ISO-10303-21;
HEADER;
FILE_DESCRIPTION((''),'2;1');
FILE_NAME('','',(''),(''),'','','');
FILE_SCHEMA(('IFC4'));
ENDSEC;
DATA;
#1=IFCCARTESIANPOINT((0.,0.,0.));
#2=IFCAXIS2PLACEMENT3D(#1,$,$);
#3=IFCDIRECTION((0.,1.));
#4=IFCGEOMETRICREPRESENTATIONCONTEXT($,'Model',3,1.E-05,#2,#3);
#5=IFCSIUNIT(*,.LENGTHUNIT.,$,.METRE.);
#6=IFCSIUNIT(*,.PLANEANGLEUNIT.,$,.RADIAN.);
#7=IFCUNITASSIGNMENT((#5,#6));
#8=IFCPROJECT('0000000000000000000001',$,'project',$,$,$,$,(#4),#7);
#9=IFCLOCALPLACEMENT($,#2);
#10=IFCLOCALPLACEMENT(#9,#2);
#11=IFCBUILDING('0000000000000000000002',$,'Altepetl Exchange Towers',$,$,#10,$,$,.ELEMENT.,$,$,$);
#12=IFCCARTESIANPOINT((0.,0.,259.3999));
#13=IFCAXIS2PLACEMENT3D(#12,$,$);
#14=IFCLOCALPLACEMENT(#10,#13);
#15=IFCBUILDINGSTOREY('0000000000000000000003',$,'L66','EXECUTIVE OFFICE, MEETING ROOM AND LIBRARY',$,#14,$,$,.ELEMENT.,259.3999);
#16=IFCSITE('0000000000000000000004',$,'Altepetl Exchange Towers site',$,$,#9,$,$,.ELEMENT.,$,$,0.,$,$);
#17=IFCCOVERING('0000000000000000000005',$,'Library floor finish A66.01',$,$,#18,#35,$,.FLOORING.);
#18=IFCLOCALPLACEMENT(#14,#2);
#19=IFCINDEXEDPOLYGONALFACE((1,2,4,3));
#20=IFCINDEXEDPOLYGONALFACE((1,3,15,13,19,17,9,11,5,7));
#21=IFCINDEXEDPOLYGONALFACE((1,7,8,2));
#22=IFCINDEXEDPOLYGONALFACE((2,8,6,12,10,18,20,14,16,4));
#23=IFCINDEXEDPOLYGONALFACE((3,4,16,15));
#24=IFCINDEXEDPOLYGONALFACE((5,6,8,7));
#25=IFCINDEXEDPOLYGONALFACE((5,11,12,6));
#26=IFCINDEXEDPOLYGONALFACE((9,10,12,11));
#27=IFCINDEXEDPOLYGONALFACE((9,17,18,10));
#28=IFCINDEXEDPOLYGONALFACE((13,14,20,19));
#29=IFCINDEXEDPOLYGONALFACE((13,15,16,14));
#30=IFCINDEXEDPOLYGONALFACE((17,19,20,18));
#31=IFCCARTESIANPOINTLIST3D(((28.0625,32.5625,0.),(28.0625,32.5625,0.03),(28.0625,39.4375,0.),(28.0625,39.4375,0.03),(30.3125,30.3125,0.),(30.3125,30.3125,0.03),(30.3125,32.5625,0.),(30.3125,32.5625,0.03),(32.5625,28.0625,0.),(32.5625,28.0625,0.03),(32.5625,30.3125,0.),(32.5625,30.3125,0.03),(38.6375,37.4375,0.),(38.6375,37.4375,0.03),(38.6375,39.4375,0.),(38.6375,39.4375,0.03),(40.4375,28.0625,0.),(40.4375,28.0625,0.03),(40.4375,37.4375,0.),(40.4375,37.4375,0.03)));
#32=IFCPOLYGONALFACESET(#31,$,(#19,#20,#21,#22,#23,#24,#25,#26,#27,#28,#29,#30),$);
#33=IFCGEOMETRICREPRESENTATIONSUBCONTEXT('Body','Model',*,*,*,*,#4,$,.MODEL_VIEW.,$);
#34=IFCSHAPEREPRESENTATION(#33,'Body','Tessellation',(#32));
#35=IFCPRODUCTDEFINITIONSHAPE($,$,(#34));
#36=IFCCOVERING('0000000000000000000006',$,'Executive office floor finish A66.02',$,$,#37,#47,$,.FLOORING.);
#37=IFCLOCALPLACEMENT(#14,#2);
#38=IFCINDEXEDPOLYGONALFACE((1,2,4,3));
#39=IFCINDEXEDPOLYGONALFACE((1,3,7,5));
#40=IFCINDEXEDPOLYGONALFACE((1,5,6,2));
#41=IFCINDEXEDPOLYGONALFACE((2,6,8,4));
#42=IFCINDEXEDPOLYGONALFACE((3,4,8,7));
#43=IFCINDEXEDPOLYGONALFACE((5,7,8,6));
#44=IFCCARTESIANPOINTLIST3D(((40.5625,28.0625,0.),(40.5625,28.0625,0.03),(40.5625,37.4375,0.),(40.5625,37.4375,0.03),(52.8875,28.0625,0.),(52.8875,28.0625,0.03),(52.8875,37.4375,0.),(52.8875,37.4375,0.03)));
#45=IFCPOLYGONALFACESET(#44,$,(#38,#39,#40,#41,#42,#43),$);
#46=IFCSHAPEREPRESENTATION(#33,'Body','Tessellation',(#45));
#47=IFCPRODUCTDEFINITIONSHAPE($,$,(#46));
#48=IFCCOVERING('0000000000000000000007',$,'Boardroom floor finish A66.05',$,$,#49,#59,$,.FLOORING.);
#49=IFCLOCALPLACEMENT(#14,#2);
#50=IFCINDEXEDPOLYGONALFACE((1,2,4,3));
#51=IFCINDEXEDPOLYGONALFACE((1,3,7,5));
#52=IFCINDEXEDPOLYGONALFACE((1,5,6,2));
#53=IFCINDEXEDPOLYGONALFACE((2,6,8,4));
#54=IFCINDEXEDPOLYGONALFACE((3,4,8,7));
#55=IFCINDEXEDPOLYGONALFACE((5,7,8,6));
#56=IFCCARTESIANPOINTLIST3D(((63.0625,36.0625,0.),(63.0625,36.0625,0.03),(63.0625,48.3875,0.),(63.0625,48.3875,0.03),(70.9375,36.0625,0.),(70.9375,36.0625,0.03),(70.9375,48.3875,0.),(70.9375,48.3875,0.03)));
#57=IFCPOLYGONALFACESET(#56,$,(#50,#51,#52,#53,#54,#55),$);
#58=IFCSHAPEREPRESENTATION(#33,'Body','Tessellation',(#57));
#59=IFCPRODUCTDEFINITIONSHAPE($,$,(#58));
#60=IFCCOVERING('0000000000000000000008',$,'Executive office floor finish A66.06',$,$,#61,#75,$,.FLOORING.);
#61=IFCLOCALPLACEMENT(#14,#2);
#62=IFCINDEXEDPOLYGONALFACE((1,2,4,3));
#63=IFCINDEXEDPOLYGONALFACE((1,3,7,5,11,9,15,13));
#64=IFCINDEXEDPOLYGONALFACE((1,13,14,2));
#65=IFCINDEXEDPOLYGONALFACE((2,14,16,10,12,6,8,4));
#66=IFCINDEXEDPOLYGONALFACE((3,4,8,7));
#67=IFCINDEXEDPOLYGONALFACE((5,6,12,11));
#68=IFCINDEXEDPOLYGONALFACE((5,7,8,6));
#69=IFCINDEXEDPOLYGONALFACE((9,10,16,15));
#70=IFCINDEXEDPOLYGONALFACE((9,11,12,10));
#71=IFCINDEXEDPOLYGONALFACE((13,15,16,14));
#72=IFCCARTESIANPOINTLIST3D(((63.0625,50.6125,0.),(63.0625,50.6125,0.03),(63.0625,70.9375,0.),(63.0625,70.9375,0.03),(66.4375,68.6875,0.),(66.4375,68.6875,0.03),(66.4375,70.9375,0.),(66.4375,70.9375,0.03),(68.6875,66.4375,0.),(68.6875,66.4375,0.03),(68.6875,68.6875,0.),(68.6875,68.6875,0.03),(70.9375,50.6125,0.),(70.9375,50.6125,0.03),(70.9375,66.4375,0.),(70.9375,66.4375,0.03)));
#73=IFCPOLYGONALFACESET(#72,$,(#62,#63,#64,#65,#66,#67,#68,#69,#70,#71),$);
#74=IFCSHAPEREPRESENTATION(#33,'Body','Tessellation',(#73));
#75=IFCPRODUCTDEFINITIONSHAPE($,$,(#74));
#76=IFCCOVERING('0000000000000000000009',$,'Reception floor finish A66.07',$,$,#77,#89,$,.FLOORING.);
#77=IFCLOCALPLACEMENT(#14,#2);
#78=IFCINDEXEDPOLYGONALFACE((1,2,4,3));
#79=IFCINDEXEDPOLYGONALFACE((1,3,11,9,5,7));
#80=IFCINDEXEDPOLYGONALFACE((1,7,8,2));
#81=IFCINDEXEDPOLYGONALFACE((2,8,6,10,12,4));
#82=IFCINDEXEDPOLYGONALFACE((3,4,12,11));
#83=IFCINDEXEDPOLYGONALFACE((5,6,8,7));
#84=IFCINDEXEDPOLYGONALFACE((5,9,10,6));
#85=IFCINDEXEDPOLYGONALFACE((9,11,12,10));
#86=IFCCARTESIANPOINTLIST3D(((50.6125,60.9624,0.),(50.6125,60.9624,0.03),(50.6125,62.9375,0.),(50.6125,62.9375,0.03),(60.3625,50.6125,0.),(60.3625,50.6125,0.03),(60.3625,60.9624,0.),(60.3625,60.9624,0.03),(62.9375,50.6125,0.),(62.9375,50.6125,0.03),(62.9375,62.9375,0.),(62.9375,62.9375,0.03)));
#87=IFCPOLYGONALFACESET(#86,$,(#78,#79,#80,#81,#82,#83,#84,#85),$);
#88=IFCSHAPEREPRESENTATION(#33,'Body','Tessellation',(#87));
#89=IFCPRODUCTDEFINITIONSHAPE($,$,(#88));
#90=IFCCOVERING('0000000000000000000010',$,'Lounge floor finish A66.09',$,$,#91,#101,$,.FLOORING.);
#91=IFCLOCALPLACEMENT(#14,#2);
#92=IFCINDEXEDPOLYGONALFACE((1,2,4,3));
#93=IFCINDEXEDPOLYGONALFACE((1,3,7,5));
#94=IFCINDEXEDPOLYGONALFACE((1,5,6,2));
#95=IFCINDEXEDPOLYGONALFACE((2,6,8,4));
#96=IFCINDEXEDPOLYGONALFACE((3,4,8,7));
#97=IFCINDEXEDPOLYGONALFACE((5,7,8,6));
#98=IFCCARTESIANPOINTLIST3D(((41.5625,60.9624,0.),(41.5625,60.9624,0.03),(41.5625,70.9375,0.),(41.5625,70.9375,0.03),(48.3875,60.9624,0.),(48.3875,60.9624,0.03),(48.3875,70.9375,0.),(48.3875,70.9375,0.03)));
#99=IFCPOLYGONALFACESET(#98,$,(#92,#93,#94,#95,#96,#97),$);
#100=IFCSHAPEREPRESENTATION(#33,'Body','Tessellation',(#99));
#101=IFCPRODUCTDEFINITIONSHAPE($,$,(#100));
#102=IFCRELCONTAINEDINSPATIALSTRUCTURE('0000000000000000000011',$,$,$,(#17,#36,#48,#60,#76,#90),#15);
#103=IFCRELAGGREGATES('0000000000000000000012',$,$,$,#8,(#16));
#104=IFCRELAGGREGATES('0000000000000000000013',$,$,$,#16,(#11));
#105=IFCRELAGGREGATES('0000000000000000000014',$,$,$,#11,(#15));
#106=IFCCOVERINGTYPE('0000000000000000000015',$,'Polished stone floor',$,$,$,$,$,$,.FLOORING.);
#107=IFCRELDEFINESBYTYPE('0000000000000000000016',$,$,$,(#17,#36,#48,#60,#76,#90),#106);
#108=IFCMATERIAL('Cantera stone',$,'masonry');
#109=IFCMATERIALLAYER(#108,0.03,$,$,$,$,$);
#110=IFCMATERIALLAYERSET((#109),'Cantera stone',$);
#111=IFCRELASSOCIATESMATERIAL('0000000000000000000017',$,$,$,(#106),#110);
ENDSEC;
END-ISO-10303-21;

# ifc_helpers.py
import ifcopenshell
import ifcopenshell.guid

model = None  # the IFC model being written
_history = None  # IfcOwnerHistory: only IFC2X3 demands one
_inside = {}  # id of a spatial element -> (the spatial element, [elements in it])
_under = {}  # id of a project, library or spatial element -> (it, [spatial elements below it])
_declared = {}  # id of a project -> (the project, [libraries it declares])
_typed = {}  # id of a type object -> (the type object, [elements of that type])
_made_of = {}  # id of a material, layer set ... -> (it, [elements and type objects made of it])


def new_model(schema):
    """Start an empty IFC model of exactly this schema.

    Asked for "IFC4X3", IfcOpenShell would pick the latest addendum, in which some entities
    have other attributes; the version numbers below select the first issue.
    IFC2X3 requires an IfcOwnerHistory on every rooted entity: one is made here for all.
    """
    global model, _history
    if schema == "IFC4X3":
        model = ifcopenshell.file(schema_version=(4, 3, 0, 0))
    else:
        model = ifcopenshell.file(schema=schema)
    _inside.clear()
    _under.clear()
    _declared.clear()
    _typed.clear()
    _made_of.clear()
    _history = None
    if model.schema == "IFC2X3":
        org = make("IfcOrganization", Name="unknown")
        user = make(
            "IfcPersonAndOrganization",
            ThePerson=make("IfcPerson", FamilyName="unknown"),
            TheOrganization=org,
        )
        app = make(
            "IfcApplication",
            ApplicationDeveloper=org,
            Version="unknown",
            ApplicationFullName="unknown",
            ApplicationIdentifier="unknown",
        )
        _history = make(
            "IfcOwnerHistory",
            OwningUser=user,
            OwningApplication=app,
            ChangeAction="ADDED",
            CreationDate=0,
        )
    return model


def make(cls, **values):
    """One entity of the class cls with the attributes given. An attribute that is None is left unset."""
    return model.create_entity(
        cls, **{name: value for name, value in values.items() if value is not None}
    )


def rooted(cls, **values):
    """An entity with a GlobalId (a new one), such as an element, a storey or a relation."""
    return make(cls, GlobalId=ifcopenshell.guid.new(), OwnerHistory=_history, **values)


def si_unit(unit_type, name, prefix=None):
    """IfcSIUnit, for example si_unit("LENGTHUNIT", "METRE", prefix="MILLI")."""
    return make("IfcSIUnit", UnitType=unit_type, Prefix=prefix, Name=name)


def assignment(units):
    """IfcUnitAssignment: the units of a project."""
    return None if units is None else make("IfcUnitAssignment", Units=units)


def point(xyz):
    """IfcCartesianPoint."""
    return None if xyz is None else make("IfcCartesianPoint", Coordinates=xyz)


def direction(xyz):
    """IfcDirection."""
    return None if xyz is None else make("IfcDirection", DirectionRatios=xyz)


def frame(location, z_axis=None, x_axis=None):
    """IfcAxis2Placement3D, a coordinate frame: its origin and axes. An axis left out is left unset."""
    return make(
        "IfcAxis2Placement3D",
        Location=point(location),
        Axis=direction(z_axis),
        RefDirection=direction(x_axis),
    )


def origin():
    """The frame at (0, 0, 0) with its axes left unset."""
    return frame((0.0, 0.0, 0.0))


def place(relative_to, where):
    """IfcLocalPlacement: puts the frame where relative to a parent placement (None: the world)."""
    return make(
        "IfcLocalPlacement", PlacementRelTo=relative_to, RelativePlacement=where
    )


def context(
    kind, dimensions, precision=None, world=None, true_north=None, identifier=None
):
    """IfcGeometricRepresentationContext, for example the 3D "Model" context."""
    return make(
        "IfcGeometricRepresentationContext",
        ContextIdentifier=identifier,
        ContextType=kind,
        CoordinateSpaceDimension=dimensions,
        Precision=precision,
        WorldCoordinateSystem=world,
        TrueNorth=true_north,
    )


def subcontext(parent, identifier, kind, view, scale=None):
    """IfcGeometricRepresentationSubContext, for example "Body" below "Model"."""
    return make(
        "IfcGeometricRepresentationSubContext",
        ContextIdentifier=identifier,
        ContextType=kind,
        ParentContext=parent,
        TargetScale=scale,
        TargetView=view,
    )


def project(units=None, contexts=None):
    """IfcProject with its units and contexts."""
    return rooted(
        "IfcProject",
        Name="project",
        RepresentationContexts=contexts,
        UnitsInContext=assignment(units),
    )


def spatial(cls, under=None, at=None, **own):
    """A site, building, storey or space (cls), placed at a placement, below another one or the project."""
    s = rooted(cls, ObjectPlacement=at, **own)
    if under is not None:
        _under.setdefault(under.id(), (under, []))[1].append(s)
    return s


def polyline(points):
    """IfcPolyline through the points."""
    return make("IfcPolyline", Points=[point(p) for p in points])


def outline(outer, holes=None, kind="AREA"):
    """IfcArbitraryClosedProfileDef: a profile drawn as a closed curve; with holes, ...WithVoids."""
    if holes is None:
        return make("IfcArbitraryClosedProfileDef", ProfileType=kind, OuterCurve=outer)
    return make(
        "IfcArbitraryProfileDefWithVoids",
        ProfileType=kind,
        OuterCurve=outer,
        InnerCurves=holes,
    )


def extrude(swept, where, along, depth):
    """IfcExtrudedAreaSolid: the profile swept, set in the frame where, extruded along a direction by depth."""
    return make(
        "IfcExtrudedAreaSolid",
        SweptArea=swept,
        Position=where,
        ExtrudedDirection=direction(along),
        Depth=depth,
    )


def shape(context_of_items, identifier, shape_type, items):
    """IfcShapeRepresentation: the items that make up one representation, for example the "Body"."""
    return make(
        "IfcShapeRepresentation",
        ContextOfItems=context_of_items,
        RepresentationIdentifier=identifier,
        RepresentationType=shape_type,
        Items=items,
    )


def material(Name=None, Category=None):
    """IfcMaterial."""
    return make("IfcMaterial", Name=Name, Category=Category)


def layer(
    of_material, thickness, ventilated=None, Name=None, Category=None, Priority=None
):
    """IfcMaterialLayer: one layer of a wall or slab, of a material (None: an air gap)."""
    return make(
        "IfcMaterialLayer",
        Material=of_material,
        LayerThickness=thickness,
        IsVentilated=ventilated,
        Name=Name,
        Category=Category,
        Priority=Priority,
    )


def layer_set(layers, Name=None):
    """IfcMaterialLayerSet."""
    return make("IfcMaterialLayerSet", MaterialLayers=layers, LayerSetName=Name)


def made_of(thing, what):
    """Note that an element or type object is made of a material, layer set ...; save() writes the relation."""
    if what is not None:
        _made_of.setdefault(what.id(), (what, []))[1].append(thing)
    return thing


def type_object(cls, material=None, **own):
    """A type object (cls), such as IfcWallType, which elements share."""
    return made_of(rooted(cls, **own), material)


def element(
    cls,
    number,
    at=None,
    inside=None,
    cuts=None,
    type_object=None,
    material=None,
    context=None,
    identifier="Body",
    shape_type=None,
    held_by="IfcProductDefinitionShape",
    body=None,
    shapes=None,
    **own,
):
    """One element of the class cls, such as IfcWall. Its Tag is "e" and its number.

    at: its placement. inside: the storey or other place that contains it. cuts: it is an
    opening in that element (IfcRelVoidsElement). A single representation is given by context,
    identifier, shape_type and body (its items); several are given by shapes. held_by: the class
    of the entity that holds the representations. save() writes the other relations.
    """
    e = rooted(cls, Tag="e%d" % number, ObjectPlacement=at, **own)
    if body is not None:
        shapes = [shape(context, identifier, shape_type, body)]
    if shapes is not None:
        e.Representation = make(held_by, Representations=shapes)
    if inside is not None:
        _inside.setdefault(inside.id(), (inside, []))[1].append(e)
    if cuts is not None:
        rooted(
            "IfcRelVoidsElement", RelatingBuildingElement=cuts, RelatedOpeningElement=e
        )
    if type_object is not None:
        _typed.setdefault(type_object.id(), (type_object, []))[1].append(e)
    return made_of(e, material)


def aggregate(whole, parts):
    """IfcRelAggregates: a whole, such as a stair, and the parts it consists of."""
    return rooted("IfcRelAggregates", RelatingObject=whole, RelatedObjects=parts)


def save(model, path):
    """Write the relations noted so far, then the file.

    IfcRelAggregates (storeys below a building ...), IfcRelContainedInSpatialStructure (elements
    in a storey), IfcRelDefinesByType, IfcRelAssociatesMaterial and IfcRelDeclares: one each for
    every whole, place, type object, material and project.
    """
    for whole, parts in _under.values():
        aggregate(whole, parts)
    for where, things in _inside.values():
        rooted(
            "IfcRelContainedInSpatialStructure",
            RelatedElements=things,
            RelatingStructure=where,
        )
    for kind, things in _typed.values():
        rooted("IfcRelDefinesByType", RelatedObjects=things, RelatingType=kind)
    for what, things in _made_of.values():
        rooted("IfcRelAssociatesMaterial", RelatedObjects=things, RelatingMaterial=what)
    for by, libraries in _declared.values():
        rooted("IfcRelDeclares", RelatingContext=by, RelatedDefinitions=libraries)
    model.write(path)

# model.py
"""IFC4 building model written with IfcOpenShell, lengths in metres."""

from ifc_helpers import new_model, si_unit, direction, frame, origin, place, context, subcontext, project, spatial, polyline, outline, extrude, material, layer, layer_set, type_object, element, save


model = new_model("IFC4")

# Units and contexts
model_context = context("Model", 3, precision=1e-05, world=origin(), true_north=direction((0.0, 1.0)))
body_context = subcontext(model_context, "Body", "Model", "MODEL_VIEW")
ifc_project = project(units=[si_unit("LENGTHUNIT", "METRE"), si_unit("PLANEANGLEUNIT", "RADIAN")], contexts=[model_context])

# Site, building, storey
site_placement = place(None, origin())
site = spatial("IfcSite", under=ifc_project, at=site_placement, Name="Altepetl Exchange Towers site", CompositionType="ELEMENT", RefElevation=0.0)
building_placement = place(site_placement, origin())
building = spatial("IfcBuilding", under=site, at=building_placement, Name="Altepetl Exchange Towers", CompositionType="ELEMENT")
storey_placement = place(building_placement, frame((0.0, 0.0, 259.3999)))
storey = spatial("IfcBuildingStorey", under=building, at=storey_placement, Name="L66", Description="EXECUTIVE OFFICE, MEETING ROOM AND LIBRARY", CompositionType="ELEMENT", Elevation=259.3999)

# Coverings
ifc_material_1 = material(Name="Cantera stone", Category="masonry")
ifc_layer_1 = layer(ifc_material_1, 0.03)
ifc_layer_set_1 = layer_set([ifc_layer_1], Name="Cantera stone")
covering_type_1 = type_object("IfcCoveringType", Name="Polished stone floor", PredefinedType="FLOORING", material=ifc_layer_set_1)
covering_1_placement = place(storey_placement, origin())
element("IfcCovering", 1, at=covering_1_placement, inside=storey, type_object=covering_type_1, Name="Library floor finish A66.01", PredefinedType="FLOORING", context=body_context, shape_type="SweptSolid", body=[
    extrude(outline(polyline([(30.3125, 30.3125), (32.5625, 30.3125), (32.5625, 28.0625), (40.4375, 28.0625), (40.4375, 37.4375), (38.6375, 37.4375), (38.6375, 39.4375), (28.0625, 39.4375), (28.0625, 32.5625), (30.3125, 32.5625), (30.3125, 30.3125)])), origin(), (0.0, 0.0, 1.0), 0.03),
])
covering_2_placement = place(storey_placement, origin())
element("IfcCovering", 2, at=covering_2_placement, inside=storey, type_object=covering_type_1, Name="Executive office floor finish A66.02", PredefinedType="FLOORING", context=body_context, shape_type="SweptSolid", body=[
    extrude(outline(polyline([(40.5625, 37.4375), (40.5625, 28.0625), (52.8875, 28.0625), (52.8875, 37.4375), (40.5625, 37.4375)])), origin(), (0.0, 0.0, 1.0), 0.03),
])
covering_3_placement = place(storey_placement, origin())
element("IfcCovering", 3, at=covering_3_placement, inside=storey, type_object=covering_type_1, Name="Boardroom floor finish A66.05", PredefinedType="FLOORING", context=body_context, shape_type="SweptSolid", body=[
    extrude(outline(polyline([(63.0625, 48.3875), (63.0625, 36.0625), (70.9375, 36.0625), (70.9375, 48.3875), (63.0625, 48.3875)])), origin(), (0.0, 0.0, 1.0), 0.03),
])
covering_4_placement = place(storey_placement, origin())
element("IfcCovering", 4, at=covering_4_placement, inside=storey, type_object=covering_type_1, Name="Executive office floor finish A66.06", PredefinedType="FLOORING", context=body_context, shape_type="SweptSolid", body=[
    extrude(outline(polyline([(68.6875, 68.6875), (66.4375, 68.6875), (66.4375, 70.9375), (63.0625, 70.9375), (63.0625, 50.6125), (70.9375, 50.6125), (70.9375, 66.4375), (68.6875, 66.4375), (68.6875, 68.6875)])), origin(), (0.0, 0.0, 1.0), 0.03),
])
covering_5_placement = place(storey_placement, origin())
element("IfcCovering", 5, at=covering_5_placement, inside=storey, type_object=covering_type_1, Name="Reception floor finish A66.07", PredefinedType="FLOORING", context=body_context, shape_type="SweptSolid", body=[
    extrude(outline(polyline([(62.9375, 50.6125), (62.9375, 62.9375), (50.6125, 62.9375), (50.6125, 60.9624), (60.3625, 60.9624), (60.3625, 50.6125), (62.9375, 50.6125)])), origin(), (0.0, 0.0, 1.0), 0.03),
])
covering_6_placement = place(storey_placement, origin())
element("IfcCovering", 6, at=covering_6_placement, inside=storey, type_object=covering_type_1, Name="Lounge floor finish A66.09", PredefinedType="FLOORING", context=body_context, shape_type="SweptSolid", body=[
    extrude(outline(polyline([(41.5625, 60.9624), (48.3875, 60.9624), (48.3875, 70.9375), (41.5625, 70.9375), (41.5625, 60.9624)])), origin(), (0.0, 0.0, 1.0), 0.03),
])

save(model, "model.ifc")
